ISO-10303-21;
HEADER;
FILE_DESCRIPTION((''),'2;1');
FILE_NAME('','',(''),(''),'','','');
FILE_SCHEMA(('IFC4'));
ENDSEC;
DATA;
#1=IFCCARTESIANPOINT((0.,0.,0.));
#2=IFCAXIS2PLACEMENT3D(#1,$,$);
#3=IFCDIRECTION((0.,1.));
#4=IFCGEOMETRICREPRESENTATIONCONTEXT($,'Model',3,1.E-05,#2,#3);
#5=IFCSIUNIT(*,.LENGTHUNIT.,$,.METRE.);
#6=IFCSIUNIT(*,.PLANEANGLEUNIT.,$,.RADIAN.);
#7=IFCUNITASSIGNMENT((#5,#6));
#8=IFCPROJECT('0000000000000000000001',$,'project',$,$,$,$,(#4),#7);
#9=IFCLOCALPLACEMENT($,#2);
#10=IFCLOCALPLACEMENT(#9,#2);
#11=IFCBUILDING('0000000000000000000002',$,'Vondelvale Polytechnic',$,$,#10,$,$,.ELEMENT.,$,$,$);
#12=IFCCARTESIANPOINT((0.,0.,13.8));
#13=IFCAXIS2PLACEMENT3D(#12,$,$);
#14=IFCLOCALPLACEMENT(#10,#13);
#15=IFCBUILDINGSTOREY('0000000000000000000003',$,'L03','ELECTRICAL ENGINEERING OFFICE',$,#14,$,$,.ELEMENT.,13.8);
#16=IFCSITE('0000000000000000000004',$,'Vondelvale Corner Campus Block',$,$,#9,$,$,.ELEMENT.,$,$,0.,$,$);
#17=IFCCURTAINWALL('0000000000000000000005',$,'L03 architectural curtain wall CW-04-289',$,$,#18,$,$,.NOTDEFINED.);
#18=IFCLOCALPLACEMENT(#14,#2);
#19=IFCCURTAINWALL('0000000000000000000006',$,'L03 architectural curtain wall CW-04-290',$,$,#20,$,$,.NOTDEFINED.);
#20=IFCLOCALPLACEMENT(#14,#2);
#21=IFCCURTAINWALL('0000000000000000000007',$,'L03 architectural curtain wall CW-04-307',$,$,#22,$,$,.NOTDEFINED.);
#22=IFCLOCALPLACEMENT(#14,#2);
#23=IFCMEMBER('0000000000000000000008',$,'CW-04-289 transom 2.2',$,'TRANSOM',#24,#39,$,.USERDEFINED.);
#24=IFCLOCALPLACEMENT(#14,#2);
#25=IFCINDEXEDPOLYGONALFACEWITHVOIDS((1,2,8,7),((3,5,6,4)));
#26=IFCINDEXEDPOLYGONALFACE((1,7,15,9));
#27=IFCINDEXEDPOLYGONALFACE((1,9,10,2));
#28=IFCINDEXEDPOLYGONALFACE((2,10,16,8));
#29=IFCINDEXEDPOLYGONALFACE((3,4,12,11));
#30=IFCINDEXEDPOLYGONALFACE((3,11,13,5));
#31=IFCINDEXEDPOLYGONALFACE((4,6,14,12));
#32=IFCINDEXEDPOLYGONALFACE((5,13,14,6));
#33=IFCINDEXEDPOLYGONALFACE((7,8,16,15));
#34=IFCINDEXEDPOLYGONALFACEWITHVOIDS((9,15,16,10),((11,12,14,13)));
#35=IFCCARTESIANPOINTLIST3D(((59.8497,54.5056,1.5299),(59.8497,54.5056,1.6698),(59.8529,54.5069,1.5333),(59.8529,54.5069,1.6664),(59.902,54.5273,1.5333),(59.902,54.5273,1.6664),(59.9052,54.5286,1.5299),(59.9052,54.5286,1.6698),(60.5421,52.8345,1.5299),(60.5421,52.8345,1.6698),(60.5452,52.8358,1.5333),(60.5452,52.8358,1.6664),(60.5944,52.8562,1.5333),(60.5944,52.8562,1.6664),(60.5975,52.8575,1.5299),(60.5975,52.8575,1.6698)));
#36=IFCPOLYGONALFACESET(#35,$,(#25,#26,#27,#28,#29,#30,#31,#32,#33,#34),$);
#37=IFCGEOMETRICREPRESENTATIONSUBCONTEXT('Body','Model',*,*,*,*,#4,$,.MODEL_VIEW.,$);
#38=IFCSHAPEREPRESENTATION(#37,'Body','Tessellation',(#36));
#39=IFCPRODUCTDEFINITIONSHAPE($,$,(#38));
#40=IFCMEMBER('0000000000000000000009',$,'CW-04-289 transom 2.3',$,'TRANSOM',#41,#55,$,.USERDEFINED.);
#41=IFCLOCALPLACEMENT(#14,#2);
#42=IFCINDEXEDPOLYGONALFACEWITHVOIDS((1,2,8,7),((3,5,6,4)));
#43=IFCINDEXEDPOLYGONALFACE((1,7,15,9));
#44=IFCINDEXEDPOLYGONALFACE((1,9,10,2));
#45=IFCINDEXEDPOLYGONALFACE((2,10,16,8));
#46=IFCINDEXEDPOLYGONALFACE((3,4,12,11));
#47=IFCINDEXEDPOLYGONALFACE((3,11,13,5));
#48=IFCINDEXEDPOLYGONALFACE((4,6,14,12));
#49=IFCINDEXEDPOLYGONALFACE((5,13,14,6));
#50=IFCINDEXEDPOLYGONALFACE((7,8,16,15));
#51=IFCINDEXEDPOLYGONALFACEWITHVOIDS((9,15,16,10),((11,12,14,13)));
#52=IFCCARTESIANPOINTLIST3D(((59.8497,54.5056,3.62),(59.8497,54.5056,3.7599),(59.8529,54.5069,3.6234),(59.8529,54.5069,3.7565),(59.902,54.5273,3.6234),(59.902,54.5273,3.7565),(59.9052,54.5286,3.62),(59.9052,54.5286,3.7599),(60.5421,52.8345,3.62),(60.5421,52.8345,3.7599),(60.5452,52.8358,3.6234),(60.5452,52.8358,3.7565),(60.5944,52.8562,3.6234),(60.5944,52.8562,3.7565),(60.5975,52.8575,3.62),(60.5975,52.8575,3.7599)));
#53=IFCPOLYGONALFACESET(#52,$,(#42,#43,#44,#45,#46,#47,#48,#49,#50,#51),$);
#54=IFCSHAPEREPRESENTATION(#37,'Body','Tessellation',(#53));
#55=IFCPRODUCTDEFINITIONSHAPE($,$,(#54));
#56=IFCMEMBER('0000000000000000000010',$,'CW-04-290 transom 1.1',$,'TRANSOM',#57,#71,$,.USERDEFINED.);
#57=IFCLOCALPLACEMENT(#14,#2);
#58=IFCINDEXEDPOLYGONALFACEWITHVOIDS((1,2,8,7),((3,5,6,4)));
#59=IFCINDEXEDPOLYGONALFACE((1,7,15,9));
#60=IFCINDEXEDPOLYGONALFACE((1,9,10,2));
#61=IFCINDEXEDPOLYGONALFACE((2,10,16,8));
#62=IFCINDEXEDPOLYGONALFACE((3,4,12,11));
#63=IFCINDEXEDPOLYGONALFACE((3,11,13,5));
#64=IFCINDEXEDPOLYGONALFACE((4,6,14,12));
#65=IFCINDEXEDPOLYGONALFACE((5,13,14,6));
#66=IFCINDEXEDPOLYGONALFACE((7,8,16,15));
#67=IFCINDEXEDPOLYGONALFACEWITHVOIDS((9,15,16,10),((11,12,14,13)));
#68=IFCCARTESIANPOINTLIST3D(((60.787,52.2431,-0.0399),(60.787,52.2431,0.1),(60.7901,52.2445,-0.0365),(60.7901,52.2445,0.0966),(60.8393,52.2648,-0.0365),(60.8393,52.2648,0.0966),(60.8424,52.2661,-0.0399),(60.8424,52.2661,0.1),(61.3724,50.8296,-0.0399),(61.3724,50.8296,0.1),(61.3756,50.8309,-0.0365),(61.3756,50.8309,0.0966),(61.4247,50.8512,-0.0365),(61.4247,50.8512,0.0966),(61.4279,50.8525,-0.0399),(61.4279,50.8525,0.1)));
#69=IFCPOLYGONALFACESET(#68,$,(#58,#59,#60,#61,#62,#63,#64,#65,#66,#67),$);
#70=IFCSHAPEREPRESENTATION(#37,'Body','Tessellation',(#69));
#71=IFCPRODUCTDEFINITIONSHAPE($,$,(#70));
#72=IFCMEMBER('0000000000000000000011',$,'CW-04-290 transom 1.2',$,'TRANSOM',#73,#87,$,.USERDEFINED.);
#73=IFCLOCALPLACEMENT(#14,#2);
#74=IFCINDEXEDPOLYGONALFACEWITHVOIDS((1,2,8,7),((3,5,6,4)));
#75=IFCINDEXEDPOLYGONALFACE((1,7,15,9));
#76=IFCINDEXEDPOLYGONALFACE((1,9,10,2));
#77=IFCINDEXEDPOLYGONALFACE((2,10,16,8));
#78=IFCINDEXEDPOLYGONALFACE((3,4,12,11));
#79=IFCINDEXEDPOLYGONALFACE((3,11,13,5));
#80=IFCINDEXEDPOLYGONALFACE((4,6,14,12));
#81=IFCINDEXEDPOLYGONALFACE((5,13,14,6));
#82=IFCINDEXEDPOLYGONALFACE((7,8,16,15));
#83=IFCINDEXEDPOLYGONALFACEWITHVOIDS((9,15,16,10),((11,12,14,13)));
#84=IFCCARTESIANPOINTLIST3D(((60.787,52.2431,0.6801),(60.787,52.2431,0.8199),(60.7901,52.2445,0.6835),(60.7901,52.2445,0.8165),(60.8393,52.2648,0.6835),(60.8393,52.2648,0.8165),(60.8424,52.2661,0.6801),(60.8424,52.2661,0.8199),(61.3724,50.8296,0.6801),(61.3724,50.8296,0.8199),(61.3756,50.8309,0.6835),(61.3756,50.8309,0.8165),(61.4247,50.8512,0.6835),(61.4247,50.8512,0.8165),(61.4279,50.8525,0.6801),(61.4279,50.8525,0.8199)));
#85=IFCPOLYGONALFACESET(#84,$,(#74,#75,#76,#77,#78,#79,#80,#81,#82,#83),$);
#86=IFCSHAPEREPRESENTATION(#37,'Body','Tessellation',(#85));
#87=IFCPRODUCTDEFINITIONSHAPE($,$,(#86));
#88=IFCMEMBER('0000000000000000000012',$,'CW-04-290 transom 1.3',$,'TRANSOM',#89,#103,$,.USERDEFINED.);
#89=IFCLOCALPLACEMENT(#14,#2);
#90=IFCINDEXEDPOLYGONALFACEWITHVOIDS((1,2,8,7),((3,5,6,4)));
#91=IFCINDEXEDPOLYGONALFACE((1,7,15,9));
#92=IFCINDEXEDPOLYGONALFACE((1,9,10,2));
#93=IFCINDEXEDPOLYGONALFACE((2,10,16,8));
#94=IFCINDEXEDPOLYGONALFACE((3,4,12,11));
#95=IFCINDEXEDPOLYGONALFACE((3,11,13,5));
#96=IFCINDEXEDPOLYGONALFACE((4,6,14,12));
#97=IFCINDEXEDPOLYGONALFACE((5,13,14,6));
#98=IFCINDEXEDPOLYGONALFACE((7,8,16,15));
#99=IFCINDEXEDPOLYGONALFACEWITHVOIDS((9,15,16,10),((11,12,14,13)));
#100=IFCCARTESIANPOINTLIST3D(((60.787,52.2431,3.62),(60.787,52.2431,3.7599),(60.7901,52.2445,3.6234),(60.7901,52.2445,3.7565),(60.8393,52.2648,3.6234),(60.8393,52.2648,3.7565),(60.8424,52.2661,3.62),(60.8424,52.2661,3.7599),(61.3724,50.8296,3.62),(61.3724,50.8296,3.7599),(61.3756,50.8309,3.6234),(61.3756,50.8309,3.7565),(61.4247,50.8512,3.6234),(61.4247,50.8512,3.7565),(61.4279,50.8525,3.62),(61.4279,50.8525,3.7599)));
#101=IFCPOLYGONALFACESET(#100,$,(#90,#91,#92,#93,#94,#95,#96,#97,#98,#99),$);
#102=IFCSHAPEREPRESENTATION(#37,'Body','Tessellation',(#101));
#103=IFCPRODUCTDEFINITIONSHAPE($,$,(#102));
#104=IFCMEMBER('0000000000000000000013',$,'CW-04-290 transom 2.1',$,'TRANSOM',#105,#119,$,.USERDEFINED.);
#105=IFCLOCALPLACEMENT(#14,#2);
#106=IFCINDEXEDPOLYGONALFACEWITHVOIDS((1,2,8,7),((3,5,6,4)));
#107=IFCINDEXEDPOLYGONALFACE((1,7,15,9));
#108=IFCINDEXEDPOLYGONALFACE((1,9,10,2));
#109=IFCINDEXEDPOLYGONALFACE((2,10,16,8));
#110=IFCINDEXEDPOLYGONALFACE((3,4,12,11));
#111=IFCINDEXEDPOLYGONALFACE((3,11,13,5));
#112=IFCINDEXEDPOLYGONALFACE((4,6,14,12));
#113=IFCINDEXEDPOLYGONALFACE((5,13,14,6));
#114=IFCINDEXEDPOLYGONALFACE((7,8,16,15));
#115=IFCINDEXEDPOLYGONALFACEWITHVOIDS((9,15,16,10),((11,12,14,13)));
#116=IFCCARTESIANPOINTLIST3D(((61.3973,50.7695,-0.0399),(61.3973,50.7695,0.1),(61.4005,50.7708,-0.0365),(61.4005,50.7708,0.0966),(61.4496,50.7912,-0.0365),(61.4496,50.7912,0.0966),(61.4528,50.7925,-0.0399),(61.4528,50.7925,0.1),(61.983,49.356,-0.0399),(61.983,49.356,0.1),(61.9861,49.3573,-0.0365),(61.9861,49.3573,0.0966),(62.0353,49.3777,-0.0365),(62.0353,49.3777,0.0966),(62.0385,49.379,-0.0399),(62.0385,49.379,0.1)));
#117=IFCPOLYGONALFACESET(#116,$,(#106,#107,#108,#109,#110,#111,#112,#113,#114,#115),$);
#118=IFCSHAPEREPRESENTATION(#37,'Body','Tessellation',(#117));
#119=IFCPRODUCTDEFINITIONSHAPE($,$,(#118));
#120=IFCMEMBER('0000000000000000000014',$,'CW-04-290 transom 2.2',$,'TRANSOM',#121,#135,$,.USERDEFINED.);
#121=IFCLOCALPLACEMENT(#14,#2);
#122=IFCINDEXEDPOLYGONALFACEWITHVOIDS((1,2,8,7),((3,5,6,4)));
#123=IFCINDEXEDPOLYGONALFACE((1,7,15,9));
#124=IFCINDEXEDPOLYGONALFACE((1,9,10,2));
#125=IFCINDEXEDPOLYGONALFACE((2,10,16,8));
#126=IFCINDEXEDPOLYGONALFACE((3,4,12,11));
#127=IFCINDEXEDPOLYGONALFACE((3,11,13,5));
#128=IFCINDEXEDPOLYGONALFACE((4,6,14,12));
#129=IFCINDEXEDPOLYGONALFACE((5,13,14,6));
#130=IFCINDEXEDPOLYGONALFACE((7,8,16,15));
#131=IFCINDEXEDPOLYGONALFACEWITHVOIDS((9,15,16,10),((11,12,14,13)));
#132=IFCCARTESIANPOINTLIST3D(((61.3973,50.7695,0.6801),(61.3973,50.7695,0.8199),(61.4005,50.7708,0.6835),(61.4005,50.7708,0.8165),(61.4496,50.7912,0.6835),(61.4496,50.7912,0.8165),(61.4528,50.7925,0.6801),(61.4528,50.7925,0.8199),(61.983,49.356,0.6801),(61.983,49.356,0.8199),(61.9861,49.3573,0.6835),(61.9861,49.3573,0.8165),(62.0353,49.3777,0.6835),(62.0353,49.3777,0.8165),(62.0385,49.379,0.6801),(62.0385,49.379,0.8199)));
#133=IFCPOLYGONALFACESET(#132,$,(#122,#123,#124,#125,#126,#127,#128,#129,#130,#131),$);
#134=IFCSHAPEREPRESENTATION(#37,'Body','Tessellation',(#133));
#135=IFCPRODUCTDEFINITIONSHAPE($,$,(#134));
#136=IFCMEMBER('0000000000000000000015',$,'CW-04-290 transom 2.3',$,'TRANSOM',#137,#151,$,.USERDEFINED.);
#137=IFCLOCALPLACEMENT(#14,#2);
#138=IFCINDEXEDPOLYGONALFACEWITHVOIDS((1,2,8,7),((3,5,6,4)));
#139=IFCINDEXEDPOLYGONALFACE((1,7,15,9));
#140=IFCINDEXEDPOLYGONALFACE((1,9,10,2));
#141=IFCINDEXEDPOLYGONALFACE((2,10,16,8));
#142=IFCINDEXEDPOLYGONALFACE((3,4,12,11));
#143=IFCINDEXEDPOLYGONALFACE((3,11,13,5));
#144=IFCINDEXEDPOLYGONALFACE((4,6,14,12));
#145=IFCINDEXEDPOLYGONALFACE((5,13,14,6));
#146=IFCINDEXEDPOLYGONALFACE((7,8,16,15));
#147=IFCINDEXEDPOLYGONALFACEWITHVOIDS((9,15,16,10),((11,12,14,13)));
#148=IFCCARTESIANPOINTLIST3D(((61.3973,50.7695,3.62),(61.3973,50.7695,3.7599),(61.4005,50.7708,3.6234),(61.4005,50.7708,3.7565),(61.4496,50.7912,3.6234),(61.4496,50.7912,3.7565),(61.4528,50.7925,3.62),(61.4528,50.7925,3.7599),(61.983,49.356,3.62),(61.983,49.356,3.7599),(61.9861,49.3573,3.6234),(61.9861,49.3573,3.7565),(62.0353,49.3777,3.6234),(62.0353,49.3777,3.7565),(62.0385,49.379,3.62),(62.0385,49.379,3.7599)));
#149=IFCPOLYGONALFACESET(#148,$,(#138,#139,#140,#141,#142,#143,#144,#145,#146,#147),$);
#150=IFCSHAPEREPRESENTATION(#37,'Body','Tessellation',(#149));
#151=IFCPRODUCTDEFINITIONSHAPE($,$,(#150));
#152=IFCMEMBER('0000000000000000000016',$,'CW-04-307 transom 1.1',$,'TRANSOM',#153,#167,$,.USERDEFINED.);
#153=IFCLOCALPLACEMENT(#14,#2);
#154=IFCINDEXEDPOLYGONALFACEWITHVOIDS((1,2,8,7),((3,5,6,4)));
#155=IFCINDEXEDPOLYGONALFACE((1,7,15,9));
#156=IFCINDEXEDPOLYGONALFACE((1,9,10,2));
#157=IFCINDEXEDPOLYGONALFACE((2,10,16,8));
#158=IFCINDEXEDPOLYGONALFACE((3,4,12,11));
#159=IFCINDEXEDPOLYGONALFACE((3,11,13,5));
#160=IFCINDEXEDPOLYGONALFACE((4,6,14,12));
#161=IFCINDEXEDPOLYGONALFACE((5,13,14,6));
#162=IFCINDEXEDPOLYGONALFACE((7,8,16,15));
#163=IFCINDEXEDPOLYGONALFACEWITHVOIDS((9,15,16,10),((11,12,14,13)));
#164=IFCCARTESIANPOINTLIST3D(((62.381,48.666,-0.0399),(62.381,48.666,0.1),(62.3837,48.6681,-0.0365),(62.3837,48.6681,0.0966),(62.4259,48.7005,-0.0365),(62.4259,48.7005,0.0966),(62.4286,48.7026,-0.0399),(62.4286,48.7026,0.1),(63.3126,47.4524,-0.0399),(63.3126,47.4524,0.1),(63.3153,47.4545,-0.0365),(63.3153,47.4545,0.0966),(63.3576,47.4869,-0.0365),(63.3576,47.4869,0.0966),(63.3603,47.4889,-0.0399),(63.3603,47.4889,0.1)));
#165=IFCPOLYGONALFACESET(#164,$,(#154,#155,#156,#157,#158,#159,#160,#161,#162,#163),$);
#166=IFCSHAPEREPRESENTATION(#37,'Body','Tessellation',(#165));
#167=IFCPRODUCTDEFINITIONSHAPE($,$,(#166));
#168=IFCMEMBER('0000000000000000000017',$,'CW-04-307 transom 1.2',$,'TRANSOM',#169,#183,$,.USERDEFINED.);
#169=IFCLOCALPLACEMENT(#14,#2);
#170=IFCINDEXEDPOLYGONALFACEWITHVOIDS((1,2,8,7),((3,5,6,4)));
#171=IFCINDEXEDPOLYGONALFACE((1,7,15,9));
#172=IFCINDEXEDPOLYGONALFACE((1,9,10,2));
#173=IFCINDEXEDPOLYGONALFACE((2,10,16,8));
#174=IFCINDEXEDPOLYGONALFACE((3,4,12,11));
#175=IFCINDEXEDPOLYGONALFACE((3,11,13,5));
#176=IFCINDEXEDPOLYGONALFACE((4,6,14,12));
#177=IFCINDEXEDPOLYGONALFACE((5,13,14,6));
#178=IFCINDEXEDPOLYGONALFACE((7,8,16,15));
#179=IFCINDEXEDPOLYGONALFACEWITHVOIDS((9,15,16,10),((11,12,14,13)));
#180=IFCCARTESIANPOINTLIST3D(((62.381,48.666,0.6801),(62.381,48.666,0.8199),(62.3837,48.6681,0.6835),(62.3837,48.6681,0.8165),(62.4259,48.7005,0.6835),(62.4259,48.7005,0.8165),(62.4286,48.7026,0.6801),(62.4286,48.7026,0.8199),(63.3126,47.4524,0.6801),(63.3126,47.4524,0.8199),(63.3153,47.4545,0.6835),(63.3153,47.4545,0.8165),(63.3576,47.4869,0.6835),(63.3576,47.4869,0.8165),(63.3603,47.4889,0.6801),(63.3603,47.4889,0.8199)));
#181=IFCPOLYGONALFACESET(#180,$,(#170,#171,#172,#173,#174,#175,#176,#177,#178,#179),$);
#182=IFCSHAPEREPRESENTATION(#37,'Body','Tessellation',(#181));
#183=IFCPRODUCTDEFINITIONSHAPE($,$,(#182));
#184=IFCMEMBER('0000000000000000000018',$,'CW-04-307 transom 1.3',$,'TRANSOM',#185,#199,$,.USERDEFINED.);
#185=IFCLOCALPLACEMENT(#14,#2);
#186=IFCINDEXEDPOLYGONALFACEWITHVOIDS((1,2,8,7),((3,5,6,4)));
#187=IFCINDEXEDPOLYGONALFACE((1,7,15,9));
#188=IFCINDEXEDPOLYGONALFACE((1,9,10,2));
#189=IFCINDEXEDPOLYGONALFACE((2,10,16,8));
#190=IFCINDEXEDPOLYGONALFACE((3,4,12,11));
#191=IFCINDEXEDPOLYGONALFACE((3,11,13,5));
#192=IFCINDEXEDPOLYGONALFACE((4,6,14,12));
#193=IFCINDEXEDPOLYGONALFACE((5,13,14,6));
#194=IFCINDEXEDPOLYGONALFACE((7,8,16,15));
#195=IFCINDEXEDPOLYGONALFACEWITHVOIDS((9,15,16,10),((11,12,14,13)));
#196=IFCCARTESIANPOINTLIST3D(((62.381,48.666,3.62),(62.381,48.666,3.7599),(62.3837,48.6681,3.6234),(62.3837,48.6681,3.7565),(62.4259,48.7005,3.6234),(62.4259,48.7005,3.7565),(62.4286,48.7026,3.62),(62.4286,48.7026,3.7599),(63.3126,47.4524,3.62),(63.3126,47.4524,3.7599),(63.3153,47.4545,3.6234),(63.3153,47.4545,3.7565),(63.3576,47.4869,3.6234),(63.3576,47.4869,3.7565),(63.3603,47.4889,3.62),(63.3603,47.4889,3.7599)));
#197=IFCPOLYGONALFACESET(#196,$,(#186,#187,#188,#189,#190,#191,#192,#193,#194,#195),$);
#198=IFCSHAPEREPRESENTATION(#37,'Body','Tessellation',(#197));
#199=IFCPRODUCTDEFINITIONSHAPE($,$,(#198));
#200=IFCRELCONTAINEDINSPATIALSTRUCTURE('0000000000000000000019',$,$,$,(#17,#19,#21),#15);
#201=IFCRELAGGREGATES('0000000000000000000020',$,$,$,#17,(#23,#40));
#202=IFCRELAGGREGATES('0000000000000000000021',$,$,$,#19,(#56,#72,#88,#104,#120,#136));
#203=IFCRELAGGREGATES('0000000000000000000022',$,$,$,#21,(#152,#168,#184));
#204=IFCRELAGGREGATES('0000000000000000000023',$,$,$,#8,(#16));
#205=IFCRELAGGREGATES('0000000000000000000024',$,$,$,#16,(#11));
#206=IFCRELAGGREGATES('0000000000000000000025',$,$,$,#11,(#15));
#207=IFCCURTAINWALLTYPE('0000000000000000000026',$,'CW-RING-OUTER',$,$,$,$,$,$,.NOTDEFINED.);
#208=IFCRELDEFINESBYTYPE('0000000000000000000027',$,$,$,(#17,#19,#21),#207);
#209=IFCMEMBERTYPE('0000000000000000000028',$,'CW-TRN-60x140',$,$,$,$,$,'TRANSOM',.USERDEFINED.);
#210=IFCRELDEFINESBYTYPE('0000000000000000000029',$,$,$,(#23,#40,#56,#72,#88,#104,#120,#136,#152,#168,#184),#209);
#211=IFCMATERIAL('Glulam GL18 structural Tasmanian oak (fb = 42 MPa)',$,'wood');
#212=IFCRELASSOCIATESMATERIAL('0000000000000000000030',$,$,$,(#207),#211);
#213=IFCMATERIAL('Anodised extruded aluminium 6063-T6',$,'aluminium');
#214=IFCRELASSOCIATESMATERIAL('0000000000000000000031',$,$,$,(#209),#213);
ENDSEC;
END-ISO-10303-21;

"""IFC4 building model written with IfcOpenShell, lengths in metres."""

from ifc_helpers import new_model, si_unit, direction, frame, origin, origin_2d, place, context, subcontext, project, spatial, hollow_rectangle, extrude, material, material_profile, profile_set, type_object, element, aggregate, save


model = new_model("IFC4")

# Units and contexts
model_context = context("Model", 3, precision=1e-05, world=origin(), true_north=direction((0.0, 1.0)))
body_context = subcontext(model_context, "Body", "Model", "MODEL_VIEW")
ifc_project = project(units=[si_unit("LENGTHUNIT", "METRE"), si_unit("PLANEANGLEUNIT", "RADIAN")], contexts=[model_context])

# Site, building, storey
site_placement = place(None, origin())
site = spatial("IfcSite", under=ifc_project, at=site_placement, Name="Vondelvale Corner Campus Block", CompositionType="ELEMENT", RefElevation=0.0)
building_placement = place(site_placement, origin())
building = spatial("IfcBuilding", under=site, at=building_placement, Name="Vondelvale Polytechnic", CompositionType="ELEMENT")
storey_placement = place(building_placement, frame((0.0, 0.0, 13.8)))
storey = spatial("IfcBuildingStorey", under=building, at=storey_placement, Name="L03", Description="ELECTRICAL ENGINEERING OFFICE", CompositionType="ELEMENT", Elevation=13.8)

# Shared definitions
ifc_material_1 = material(Name="Glulam GL18 structural Tasmanian oak (fb = 42 MPa)", Category="wood")

# Curtain walls
curtain_wall_type = type_object("IfcCurtainWallType", Name="CW-RING-OUTER", PredefinedType="NOTDEFINED", material=ifc_material_1)
curtain_wall_1_placement = place(storey_placement, origin())
curtain_wall_1 = element("IfcCurtainWall", 1, at=curtain_wall_1_placement, inside=storey, type_object=curtain_wall_type, Name="L03 architectural curtain wall CW-04-289", PredefinedType="NOTDEFINED")
ifc_material_2 = material(Name="Anodised extruded aluminium 6063-T6", Category="aluminium")
curtain_wall_2_placement = place(storey_placement, origin())
curtain_wall_2 = element("IfcCurtainWall", 2, at=curtain_wall_2_placement, inside=storey, type_object=curtain_wall_type, Name="L03 architectural curtain wall CW-04-290", PredefinedType="NOTDEFINED")
curtain_wall_3_placement = place(storey_placement, origin())
curtain_wall_3 = element("IfcCurtainWall", 3, at=curtain_wall_3_placement, inside=storey, type_object=curtain_wall_type, Name="L03 architectural curtain wall CW-04-307", PredefinedType="NOTDEFINED")

# Members
ifc_material_profile_1 = material_profile(ifc_material_2, hollow_rectangle(XDim=0.0601, YDim=0.1399, WallThickness=0.0034, at=origin_2d()), Name="CW-TRN-140x60")
ifc_profile_set_1 = profile_set([ifc_material_profile_1], Name="Anodised extruded aluminium 6063-T6")
member_type_1 = type_object("IfcMemberType", Name="CW-TRN-60x140", ElementType="TRANSOM", PredefinedType="USERDEFINED", material=ifc_profile_set_1)
member_1_placement = place(storey_placement, frame((59.8774, 54.5171, 1.5999), z_axis=(0.382765, -0.923846, 0.0), x_axis=(0.923846, 0.382765, 0.0)))
member_1 = element("IfcMember", 4, at=member_1_placement, type_object=member_type_1, Name="CW-04-289 transom 2.2", ObjectType="TRANSOM", PredefinedType="USERDEFINED", context=body_context, shape_type="SweptSolid", body=[
    extrude(hollow_rectangle(XDim=0.0601, YDim=0.1399, WallThickness=0.0034, at=origin_2d()), origin(), (0.0, 0.0, 1.0), 1.8088),
])
member_2_placement = place(storey_placement, frame((59.8774, 54.5171, 3.6899), z_axis=(0.382765, -0.923846, 0.0), x_axis=(0.923846, 0.382765, 0.0)))
member_2 = element("IfcMember", 5, at=member_2_placement, type_object=member_type_1, Name="CW-04-289 transom 2.3", ObjectType="TRANSOM", PredefinedType="USERDEFINED", context=body_context, shape_type="SweptSolid", body=[
    extrude(hollow_rectangle(XDim=0.0601, YDim=0.1399, WallThickness=0.0034, at=origin_2d()), origin(), (0.0, 0.0, 1.0), 1.8088),
])
member_3_placement = place(storey_placement, frame((60.8147, 52.2546, 0.03), z_axis=(0.382643, -0.923896, 0.0), x_axis=(0.923896, 0.382643, 0.0)))
member_3 = element("IfcMember", 6, at=member_3_placement, type_object=member_type_1, Name="CW-04-290 transom 1.1", ObjectType="TRANSOM", PredefinedType="USERDEFINED", context=body_context, shape_type="SweptSolid", body=[
    extrude(hollow_rectangle(XDim=0.0601, YDim=0.1399, WallThickness=0.0034, at=origin_2d()), origin(), (0.0, 0.0, 1.0), 1.53),
])
member_4_placement = place(storey_placement, frame((60.8147, 52.2546, 0.75), z_axis=(0.382643, -0.923896, 0.0), x_axis=(0.923896, 0.382643, 0.0)))
member_4 = element("IfcMember", 7, at=member_4_placement, type_object=member_type_1, Name="CW-04-290 transom 1.2", ObjectType="TRANSOM", PredefinedType="USERDEFINED", context=body_context, shape_type="SweptSolid", body=[
    extrude(hollow_rectangle(XDim=0.0601, YDim=0.1399, WallThickness=0.0034, at=origin_2d()), origin(), (0.0, 0.0, 1.0), 1.53),
])
member_5_placement = place(storey_placement, frame((60.8147, 52.2546, 3.6899), z_axis=(0.382643, -0.923896, 0.0), x_axis=(0.923896, 0.382643, 0.0)))
member_5 = element("IfcMember", 8, at=member_5_placement, type_object=member_type_1, Name="CW-04-290 transom 1.3", ObjectType="TRANSOM", PredefinedType="USERDEFINED", context=body_context, shape_type="SweptSolid", body=[
    extrude(hollow_rectangle(XDim=0.0601, YDim=0.1399, WallThickness=0.0034, at=origin_2d()), origin(), (0.0, 0.0, 1.0), 1.53),
])
member_6_placement = place(storey_placement, frame((61.425, 50.781, 0.03), z_axis=(0.382779, -0.92384, 0.0), x_axis=(0.92384, 0.382779, 0.0)))
member_6 = element("IfcMember", 9, at=member_6_placement, type_object=member_type_1, Name="CW-04-290 transom 2.1", ObjectType="TRANSOM", PredefinedType="USERDEFINED", context=body_context, shape_type="SweptSolid", body=[
    extrude(hollow_rectangle(XDim=0.0601, YDim=0.1399, WallThickness=0.0034, at=origin_2d()), origin(), (0.0, 0.0, 1.0), 1.53),
])
member_7_placement = place(storey_placement, frame((61.425, 50.781, 0.75), z_axis=(0.382779, -0.92384, 0.0), x_axis=(0.92384, 0.382779, 0.0)))
member_7 = element("IfcMember", 10, at=member_7_placement, type_object=member_type_1, Name="CW-04-290 transom 2.2", ObjectType="TRANSOM", PredefinedType="USERDEFINED", context=body_context, shape_type="SweptSolid", body=[
    extrude(hollow_rectangle(XDim=0.0601, YDim=0.1399, WallThickness=0.0034, at=origin_2d()), origin(), (0.0, 0.0, 1.0), 1.53),
])
member_8_placement = place(storey_placement, frame((61.425, 50.781, 3.6899), z_axis=(0.382779, -0.92384, 0.0), x_axis=(0.92384, 0.382779, 0.0)))
member_8 = element("IfcMember", 11, at=member_8_placement, type_object=member_type_1, Name="CW-04-290 transom 2.3", ObjectType="TRANSOM", PredefinedType="USERDEFINED", context=body_context, shape_type="SweptSolid", body=[
    extrude(hollow_rectangle(XDim=0.0601, YDim=0.1399, WallThickness=0.0034, at=origin_2d()), origin(), (0.0, 0.0, 1.0), 1.53),
])
member_9_placement = place(storey_placement, frame((62.4048, 48.6843, 0.03), z_axis=(0.608924, -0.793229, 0.0), x_axis=(0.793229, 0.608924, 0.0)))
member_9 = element("IfcMember", 12, at=member_9_placement, type_object=member_type_1, Name="CW-04-307 transom 1.1", ObjectType="TRANSOM", PredefinedType="USERDEFINED", context=body_context, shape_type="SweptSolid", body=[
    extrude(hollow_rectangle(XDim=0.0601, YDim=0.1399, WallThickness=0.0034, at=origin_2d()), origin(), (0.0, 0.0, 1.0), 1.53),
])
member_10_placement = place(storey_placement, frame((62.4048, 48.6843, 0.75), z_axis=(0.608924, -0.793229, 0.0), x_axis=(0.793229, 0.608924, 0.0)))
member_10 = element("IfcMember", 13, at=member_10_placement, type_object=member_type_1, Name="CW-04-307 transom 1.2", ObjectType="TRANSOM", PredefinedType="USERDEFINED", context=body_context, shape_type="SweptSolid", body=[
    extrude(hollow_rectangle(XDim=0.0601, YDim=0.1399, WallThickness=0.0034, at=origin_2d()), origin(), (0.0, 0.0, 1.0), 1.53),
])
member_11_placement = place(storey_placement, frame((62.4048, 48.6843, 3.6899), z_axis=(0.608924, -0.793229, 0.0), x_axis=(0.793229, 0.608924, 0.0)))
member_11 = element("IfcMember", 14, at=member_11_placement, type_object=member_type_1, Name="CW-04-307 transom 1.3", ObjectType="TRANSOM", PredefinedType="USERDEFINED", context=body_context, shape_type="SweptSolid", body=[
    extrude(hollow_rectangle(XDim=0.0601, YDim=0.1399, WallThickness=0.0034, at=origin_2d()), origin(), (0.0, 0.0, 1.0), 1.53),
])

aggregate(curtain_wall_1, [member_1, member_2])
aggregate(curtain_wall_2, [member_3, member_4, member_5, member_6, member_7, member_8])
aggregate(curtain_wall_3, [member_9, member_10, member_11])

save(model, "model.ifc")
